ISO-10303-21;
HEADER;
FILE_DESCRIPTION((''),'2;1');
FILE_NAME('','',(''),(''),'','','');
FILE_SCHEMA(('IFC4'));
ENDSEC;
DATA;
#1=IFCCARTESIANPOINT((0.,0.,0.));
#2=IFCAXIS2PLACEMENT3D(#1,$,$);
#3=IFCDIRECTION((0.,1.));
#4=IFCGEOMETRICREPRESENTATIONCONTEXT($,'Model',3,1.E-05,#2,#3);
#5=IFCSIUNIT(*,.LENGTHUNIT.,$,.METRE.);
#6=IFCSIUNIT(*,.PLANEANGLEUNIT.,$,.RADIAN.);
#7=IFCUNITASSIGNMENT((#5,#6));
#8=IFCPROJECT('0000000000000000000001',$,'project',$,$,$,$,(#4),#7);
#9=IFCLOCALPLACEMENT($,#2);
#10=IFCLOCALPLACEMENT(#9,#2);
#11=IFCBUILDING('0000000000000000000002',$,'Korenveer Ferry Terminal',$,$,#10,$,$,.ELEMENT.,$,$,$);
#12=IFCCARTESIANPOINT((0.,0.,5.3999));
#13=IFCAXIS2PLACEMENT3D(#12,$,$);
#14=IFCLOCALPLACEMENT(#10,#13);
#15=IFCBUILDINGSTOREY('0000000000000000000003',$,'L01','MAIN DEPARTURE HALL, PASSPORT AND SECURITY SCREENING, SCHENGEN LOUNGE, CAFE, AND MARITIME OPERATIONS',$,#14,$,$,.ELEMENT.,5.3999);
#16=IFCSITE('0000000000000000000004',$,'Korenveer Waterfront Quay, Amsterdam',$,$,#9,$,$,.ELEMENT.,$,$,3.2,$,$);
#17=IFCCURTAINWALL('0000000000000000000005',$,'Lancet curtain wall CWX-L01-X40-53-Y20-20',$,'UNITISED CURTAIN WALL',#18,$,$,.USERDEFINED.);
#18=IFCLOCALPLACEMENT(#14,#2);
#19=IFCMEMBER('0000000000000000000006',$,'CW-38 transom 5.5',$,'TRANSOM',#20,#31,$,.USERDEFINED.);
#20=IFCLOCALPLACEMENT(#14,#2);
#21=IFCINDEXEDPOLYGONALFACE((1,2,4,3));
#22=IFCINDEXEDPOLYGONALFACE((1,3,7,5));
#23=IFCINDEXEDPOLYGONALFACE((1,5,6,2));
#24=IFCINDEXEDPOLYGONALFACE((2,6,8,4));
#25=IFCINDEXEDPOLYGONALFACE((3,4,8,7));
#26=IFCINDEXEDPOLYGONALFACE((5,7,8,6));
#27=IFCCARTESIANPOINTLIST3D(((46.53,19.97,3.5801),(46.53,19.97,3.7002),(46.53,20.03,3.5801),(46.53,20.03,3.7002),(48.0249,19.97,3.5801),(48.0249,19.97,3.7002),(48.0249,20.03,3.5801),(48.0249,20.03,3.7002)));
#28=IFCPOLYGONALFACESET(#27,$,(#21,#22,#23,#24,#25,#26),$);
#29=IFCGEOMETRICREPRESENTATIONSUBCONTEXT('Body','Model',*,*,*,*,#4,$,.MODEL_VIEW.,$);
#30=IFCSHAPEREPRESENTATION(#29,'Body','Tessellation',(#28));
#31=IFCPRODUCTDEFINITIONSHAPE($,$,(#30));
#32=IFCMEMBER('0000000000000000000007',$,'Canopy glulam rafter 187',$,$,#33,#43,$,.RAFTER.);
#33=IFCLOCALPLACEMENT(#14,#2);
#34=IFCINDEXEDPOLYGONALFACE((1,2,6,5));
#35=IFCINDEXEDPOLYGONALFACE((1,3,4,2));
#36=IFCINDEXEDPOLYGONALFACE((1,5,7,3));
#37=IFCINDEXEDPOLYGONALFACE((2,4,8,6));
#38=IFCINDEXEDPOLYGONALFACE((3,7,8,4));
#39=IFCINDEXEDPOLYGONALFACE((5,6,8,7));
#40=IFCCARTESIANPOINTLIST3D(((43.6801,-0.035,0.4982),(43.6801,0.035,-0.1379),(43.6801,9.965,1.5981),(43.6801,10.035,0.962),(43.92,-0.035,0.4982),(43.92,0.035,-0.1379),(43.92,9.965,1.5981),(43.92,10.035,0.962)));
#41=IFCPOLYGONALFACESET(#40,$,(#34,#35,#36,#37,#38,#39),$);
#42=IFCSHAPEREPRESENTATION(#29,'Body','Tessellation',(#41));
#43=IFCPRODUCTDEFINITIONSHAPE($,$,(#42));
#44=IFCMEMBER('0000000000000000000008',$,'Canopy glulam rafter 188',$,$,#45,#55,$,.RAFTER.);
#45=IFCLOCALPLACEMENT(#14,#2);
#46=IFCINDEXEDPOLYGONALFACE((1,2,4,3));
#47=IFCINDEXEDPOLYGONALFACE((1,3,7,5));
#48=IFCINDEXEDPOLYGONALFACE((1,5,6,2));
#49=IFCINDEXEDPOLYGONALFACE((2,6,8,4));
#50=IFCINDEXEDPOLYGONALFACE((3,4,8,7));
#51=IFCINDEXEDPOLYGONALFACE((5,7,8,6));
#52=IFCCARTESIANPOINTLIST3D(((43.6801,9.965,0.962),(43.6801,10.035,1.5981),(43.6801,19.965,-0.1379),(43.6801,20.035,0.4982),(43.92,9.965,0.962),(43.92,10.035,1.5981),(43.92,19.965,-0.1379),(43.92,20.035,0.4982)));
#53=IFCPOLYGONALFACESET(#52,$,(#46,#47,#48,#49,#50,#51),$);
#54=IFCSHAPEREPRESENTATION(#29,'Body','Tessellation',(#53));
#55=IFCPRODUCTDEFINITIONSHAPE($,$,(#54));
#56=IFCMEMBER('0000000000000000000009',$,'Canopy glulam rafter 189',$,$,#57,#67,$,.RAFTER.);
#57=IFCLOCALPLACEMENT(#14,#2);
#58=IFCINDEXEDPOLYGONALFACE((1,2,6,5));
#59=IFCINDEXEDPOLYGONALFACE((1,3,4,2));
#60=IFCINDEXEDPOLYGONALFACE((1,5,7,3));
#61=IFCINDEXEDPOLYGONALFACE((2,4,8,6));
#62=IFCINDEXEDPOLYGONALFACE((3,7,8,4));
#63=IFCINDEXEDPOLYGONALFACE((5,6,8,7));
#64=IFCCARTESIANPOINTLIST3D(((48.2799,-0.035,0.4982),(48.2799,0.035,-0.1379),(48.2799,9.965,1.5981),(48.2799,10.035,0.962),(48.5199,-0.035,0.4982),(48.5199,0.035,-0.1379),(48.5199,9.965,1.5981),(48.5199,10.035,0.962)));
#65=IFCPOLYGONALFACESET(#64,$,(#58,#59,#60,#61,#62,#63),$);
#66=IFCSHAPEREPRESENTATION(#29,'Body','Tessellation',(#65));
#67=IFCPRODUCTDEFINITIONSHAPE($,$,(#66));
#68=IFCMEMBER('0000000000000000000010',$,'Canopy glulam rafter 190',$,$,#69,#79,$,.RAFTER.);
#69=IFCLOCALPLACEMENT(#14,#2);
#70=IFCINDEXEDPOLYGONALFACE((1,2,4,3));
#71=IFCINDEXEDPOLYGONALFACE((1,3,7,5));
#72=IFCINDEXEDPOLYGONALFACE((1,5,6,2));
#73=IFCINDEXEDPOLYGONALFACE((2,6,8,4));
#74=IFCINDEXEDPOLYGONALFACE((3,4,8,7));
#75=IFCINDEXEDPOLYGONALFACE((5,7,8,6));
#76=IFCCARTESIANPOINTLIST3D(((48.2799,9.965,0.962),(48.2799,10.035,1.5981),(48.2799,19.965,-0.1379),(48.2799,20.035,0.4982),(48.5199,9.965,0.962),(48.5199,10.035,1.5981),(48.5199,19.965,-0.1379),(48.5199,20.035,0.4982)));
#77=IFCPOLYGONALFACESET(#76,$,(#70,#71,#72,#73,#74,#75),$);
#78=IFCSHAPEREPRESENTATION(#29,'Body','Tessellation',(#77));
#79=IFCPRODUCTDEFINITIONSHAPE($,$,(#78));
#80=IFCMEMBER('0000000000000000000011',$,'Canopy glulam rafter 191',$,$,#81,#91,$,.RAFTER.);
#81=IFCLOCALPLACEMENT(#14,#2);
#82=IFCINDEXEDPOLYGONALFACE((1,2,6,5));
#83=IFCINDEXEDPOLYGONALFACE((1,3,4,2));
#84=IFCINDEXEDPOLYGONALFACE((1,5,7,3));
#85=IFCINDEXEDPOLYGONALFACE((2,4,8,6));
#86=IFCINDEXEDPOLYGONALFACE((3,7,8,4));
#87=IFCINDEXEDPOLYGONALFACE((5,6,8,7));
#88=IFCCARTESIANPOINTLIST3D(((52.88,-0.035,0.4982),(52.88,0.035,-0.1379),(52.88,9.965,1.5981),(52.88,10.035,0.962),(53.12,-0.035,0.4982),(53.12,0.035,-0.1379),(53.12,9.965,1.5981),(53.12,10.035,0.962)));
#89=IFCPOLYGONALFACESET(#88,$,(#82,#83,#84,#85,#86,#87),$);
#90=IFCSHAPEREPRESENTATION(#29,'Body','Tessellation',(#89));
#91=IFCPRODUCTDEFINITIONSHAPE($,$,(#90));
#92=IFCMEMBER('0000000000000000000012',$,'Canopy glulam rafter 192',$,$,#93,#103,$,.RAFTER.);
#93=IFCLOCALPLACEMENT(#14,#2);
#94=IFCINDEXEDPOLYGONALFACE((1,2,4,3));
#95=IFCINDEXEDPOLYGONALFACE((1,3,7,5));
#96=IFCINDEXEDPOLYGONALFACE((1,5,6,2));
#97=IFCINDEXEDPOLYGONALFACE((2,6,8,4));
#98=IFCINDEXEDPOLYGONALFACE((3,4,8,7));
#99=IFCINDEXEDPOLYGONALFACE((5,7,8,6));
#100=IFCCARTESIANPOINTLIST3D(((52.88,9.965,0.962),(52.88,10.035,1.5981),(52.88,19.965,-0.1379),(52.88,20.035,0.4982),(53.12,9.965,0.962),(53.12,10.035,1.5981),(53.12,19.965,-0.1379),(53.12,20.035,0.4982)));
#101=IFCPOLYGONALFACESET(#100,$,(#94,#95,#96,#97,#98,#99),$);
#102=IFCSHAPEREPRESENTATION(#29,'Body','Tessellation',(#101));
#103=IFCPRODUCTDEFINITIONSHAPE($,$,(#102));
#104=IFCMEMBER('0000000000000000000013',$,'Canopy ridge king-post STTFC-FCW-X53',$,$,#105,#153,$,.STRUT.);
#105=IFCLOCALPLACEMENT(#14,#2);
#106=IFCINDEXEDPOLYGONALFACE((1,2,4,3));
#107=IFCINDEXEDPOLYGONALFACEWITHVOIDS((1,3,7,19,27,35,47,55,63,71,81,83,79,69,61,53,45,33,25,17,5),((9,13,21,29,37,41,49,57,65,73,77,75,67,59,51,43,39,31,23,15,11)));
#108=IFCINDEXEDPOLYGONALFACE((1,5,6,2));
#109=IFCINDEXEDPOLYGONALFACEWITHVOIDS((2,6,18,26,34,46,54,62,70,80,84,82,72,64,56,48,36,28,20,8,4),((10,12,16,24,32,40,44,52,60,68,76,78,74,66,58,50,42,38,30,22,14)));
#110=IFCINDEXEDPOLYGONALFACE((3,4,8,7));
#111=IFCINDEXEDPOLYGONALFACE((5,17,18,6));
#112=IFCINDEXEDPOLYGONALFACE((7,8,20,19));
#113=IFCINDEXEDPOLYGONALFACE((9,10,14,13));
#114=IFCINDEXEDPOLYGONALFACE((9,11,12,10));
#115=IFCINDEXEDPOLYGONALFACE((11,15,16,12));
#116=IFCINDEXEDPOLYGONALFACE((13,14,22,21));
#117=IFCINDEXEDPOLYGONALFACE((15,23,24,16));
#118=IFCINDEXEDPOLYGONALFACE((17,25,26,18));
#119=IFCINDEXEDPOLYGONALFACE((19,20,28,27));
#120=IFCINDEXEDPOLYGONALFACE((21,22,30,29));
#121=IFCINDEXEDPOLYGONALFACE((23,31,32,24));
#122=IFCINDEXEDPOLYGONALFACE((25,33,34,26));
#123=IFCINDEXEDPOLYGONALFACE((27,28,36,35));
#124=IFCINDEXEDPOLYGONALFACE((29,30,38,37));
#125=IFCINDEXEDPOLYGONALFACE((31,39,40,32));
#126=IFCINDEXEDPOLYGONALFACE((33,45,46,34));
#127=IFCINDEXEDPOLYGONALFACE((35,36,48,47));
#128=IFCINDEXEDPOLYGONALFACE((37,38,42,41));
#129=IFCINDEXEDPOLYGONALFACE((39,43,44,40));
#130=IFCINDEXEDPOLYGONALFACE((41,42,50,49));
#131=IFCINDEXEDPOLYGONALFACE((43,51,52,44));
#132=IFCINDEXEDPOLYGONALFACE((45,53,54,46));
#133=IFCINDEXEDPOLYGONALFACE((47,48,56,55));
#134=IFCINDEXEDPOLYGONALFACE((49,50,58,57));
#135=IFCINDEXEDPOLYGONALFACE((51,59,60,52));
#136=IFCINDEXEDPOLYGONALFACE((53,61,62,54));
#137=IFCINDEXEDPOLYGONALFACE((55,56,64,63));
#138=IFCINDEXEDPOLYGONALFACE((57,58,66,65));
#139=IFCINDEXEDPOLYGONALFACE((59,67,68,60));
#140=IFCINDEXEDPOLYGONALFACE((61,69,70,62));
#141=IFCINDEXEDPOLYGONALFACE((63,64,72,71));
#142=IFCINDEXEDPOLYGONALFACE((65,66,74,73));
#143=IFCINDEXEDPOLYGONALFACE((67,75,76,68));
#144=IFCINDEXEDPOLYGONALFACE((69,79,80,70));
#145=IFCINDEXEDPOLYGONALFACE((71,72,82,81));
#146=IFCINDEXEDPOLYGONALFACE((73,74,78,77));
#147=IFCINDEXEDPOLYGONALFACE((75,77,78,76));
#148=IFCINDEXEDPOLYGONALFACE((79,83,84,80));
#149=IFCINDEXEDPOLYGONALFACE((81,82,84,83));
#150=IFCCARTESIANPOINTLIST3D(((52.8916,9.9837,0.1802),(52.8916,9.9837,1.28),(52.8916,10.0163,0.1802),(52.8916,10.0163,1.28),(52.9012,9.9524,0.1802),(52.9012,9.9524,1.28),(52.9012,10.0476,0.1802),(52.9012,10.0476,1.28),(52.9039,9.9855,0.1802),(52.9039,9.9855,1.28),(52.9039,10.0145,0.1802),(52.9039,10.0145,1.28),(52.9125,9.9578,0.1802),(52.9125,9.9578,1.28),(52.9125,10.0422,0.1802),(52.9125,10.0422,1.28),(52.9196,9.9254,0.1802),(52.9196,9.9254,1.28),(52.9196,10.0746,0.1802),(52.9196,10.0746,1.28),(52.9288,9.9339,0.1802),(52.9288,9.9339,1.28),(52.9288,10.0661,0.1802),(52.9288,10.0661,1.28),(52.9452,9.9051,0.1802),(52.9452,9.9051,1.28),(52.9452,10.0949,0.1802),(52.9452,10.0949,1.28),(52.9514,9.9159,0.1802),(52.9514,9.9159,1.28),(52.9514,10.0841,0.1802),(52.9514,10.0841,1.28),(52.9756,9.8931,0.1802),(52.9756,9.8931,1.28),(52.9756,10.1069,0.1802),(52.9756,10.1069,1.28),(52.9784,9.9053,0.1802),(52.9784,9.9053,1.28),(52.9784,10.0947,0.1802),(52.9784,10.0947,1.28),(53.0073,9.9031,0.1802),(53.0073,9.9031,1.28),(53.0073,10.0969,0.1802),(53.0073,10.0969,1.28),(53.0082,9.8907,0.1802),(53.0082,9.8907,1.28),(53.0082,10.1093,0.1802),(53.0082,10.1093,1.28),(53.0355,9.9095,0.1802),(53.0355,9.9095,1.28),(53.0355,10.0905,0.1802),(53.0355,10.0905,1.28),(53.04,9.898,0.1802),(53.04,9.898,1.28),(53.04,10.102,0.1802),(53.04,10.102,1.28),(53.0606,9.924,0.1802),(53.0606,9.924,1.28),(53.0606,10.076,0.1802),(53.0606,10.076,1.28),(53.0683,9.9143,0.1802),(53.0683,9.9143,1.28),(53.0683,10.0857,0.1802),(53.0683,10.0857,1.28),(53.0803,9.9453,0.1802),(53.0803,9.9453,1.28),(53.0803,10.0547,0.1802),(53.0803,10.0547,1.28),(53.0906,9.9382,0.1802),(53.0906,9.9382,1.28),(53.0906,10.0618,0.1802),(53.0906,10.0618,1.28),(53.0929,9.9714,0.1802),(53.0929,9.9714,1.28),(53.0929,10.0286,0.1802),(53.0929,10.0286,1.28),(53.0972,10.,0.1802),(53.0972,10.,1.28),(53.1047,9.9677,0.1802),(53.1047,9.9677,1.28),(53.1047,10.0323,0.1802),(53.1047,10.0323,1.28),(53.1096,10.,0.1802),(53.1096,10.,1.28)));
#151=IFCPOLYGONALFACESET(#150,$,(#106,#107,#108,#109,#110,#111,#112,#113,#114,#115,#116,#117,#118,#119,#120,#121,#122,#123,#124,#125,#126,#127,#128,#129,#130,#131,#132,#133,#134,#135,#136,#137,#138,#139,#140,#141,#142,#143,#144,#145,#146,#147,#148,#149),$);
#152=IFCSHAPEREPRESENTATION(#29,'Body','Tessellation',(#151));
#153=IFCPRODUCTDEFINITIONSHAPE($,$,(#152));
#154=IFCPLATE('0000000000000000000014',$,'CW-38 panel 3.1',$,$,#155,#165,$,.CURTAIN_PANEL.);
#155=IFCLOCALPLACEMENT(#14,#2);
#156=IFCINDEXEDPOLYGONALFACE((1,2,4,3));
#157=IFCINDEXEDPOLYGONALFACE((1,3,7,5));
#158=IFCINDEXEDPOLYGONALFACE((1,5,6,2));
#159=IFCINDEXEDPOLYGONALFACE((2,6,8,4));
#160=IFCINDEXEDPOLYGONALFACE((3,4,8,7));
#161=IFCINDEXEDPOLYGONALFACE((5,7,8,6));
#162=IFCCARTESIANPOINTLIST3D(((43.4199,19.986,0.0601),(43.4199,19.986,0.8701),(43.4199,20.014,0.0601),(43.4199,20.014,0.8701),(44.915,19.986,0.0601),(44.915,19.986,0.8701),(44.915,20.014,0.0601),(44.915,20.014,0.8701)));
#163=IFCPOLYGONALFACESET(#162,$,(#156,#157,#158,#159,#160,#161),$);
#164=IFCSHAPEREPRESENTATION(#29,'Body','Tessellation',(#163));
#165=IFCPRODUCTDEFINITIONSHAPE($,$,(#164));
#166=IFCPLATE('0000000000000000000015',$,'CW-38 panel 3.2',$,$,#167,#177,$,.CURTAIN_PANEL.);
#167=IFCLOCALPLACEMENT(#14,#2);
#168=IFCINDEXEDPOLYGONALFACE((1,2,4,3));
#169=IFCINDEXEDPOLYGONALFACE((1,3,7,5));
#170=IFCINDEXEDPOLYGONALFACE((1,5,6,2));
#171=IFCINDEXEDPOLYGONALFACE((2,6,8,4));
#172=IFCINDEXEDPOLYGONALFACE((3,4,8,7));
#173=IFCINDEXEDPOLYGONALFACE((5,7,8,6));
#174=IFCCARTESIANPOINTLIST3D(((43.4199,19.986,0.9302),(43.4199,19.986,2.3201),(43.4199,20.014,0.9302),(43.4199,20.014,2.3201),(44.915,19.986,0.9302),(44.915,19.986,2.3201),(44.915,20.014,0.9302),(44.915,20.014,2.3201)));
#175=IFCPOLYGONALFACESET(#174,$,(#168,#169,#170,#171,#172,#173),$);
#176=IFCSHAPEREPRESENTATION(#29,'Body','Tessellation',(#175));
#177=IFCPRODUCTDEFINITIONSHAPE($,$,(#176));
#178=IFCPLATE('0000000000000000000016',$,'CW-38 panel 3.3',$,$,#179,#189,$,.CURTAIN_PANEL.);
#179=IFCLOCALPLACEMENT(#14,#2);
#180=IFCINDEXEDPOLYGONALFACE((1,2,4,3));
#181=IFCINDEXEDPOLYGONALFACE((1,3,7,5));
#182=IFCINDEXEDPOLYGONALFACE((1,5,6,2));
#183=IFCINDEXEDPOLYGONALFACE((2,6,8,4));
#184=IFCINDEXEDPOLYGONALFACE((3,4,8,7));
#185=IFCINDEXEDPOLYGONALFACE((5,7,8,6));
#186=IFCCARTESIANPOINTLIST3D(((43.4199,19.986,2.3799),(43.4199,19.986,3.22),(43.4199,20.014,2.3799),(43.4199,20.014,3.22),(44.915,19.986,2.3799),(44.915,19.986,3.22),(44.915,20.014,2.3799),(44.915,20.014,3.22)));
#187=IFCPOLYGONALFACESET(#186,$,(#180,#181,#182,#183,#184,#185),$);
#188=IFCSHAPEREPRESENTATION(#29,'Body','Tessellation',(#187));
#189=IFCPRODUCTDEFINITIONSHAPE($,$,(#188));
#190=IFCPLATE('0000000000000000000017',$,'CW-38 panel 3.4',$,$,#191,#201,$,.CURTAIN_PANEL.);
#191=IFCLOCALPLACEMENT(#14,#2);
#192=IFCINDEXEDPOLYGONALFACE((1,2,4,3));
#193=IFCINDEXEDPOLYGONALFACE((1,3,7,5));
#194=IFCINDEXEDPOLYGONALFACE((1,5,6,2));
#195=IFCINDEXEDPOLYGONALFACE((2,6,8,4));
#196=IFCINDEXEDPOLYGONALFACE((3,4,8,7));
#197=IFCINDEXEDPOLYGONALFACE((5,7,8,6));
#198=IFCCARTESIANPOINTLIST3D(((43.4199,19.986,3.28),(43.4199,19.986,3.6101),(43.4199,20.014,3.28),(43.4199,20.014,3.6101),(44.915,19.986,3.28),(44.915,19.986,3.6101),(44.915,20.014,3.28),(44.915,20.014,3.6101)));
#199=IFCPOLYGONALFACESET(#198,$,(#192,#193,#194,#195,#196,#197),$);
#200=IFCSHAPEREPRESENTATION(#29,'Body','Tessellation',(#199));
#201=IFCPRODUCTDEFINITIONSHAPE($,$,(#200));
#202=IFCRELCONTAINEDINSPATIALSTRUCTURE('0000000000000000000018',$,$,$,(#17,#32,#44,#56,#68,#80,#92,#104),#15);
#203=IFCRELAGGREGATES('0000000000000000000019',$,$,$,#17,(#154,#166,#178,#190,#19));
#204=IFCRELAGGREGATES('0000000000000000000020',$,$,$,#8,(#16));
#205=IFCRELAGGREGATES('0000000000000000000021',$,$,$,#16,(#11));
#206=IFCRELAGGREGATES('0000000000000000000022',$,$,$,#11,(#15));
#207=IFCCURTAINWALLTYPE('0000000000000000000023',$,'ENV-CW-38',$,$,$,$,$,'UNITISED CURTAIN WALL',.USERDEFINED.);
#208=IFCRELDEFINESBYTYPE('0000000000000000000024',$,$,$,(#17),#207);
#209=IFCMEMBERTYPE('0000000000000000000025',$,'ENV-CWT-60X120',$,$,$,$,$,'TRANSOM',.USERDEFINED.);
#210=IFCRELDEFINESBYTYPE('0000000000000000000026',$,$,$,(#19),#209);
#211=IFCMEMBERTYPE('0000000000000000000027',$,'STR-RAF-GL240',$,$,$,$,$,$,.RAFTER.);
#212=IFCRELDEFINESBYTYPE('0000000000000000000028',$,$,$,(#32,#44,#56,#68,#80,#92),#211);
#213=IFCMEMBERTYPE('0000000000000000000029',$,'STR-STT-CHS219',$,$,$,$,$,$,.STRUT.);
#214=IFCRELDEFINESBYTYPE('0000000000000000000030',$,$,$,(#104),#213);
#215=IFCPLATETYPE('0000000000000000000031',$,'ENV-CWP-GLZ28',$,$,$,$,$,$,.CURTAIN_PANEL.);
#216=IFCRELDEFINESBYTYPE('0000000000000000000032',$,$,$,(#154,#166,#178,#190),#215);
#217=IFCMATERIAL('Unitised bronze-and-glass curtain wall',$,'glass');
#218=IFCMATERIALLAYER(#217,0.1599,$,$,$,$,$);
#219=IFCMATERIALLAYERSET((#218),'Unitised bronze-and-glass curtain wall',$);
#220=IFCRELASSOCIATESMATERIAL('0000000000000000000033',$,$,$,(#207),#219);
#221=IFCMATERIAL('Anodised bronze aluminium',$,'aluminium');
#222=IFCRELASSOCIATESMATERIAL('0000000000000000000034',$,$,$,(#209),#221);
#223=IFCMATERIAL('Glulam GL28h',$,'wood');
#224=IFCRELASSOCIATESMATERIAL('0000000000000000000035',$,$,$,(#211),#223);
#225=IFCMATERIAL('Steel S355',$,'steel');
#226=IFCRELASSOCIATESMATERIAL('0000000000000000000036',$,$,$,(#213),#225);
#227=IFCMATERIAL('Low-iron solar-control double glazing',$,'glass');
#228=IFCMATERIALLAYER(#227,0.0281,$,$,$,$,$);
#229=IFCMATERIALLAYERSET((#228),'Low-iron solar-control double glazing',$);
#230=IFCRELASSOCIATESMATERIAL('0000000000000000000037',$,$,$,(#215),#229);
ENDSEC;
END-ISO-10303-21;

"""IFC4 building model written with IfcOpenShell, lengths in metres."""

from ifc_helpers import new_model, si_unit, direction, frame, origin, origin_2d, place, context, subcontext, project, spatial, rectangle, hollow_circle, extrude, material, layer, layer_set, material_profile, profile_set, type_object, element, aggregate, save


model = new_model("IFC4")

# Units and contexts
model_context = context("Model", 3, precision=1e-05, world=origin(), true_north=direction((0.0, 1.0)))
body_context = subcontext(model_context, "Body", "Model", "MODEL_VIEW")
ifc_project = project(units=[si_unit("LENGTHUNIT", "METRE"), si_unit("PLANEANGLEUNIT", "RADIAN")], contexts=[model_context])

# Site, building, storey
site_placement = place(None, origin())
site = spatial("IfcSite", under=ifc_project, at=site_placement, Name="Korenveer Waterfront Quay, Amsterdam", CompositionType="ELEMENT", RefElevation=3.2)
building_placement = place(site_placement, origin())
building = spatial("IfcBuilding", under=site, at=building_placement, Name="Korenveer Ferry Terminal", CompositionType="ELEMENT")
storey_placement = place(building_placement, frame((0.0, 0.0, 5.3999)))
storey = spatial("IfcBuildingStorey", under=building, at=storey_placement, Name="L01", Description="MAIN DEPARTURE HALL, PASSPORT AND SECURITY SCREENING, SCHENGEN LOUNGE, CAFE, AND MARITIME OPERATIONS", CompositionType="ELEMENT", Elevation=5.3999)

# Curtain wall, member
ifc_material_1 = material(Name="Unitised bronze-and-glass curtain wall", Category="glass")
ifc_layer_1 = layer(ifc_material_1, 0.1599)
ifc_layer_set_1 = layer_set([ifc_layer_1], Name="Unitised bronze-and-glass curtain wall")
curtain_wall_type = type_object("IfcCurtainWallType", Name="ENV-CW-38", ElementType="UNITISED CURTAIN WALL", PredefinedType="USERDEFINED", material=ifc_layer_set_1)
curtain_wall_placement = place(storey_placement, frame((40.28, 20.0, 0.0)))
curtain_wall = element("IfcCurtainWall", 1, at=curtain_wall_placement, inside=storey, type_object=curtain_wall_type, Name="Lancet curtain wall CWX-L01-X40-53-Y20-20", ObjectType="UNITISED CURTAIN WALL", PredefinedType="USERDEFINED")
ifc_material_2 = material(Name="Anodised bronze aluminium", Category="aluminium")
ifc_material_profile_1 = material_profile(ifc_material_2, rectangle(XDim=0.0601, YDim=0.1201, at=origin_2d()), Name="ALU 60x120")
ifc_profile_set_1 = profile_set([ifc_material_profile_1], Name="Anodised bronze aluminium")
member_type_1 = type_object("IfcMemberType", Name="ENV-CWT-60X120", ElementType="TRANSOM", PredefinedType="USERDEFINED", material=ifc_profile_set_1)
member_1_placement = place(storey_placement, frame((46.53, 20.0, 3.6401), z_axis=(1.0, 0.0, 0.0), x_axis=(0.0, 1.0, 0.0)))
member_1 = element("IfcMember", 2, at=member_1_placement, type_object=member_type_1, Name="CW-38 transom 5.5", ObjectType="TRANSOM", PredefinedType="USERDEFINED", context=body_context, shape_type="SweptSolid", body=[
    extrude(rectangle(XDim=0.0601, YDim=0.1201, at=origin_2d()), origin(), (0.0, 0.0, 1.0), 1.4949),
])

# Members
ifc_material_3 = material(Name="Glulam GL28h", Category="wood")
ifc_material_profile_2 = material_profile(ifc_material_3, rectangle(XDim=0.24, YDim=0.6399, at=origin_2d()), Name="GL 240x640")
ifc_profile_set_2 = profile_set([ifc_material_profile_2], Name="Glulam GL28h")
member_type_2 = type_object("IfcMemberType", Name="STR-RAF-GL240", PredefinedType="RAFTER", material=ifc_profile_set_2)
for number, where, z_axis, x_axis, name in (
    (3, (43.8, 0.0, 0.1802), (0.0, 0.994006, 0.109326), (-1.0, 0.0, 0.0), "Canopy glulam rafter 187"),
    (4, (43.8, 10.0, 1.28), (0.0, 0.994006, -0.109326), (-1.0, 0.0, 0.0), "Canopy glulam rafter 188"),
    (5, (48.3999, 0.0, 0.1802), (0.0, 0.994006, 0.109326), (-1.0, 0.0, 0.0), "Canopy glulam rafter 189"),
    (6, (48.3999, 10.0, 1.28), (0.0, 0.994006, -0.109326), (-1.0, 0.0, 0.0), "Canopy glulam rafter 190"),
    (7, (53.0, 0.0, 0.1802), (0.0, 0.994006, 0.109326), (-1.0, 0.0, 0.0), "Canopy glulam rafter 191"),
    (8, (53.0, 10.0, 1.28), (0.0, 0.994006, -0.109326), (-1.0, 0.0, 0.0), "Canopy glulam rafter 192"),
):
    element("IfcMember", number, at=place(storey_placement, frame(where, z_axis=z_axis, x_axis=x_axis)), inside=storey, type_object=member_type_2, Name=name, PredefinedType="RAFTER", context=body_context, shape_type="SweptSolid", body=[
        extrude(rectangle(XDim=0.24, YDim=0.6399, at=origin_2d()), origin(), (0.0, 0.0, 1.0), 10.0603),
    ])
ifc_material_4 = material(Name="Steel S355", Category="steel")
ifc_material_profile_3 = material_profile(ifc_material_4, hollow_circle(Radius=0.1096, WallThickness=0.0125, at=origin_2d()), Name="CHS 219.1x12.5")
ifc_profile_set_3 = profile_set([ifc_material_profile_3], Name="Steel S355")
member_type_3 = type_object("IfcMemberType", Name="STR-STT-CHS219", PredefinedType="STRUT", material=ifc_profile_set_3)
member_2_placement = place(storey_placement, frame((53.0, 10.0, 0.1802), z_axis=(0.0, 0.0, 1.0), x_axis=(1.0, 0.0, 0.0)))
element("IfcMember", 9, at=member_2_placement, inside=storey, type_object=member_type_3, Name="Canopy ridge king-post STTFC-FCW-X53", PredefinedType="STRUT", context=body_context, shape_type="SweptSolid", body=[
    extrude(hollow_circle(Radius=0.1096, WallThickness=0.0125, at=origin_2d()), origin(), (0.0, 0.0, 1.0), 1.0999),
])

# Plates
ifc_material_5 = material(Name="Low-iron solar-control double glazing", Category="glass")
ifc_layer_2 = layer(ifc_material_5, 0.0281)
ifc_layer_set_2 = layer_set([ifc_layer_2], Name="Low-iron solar-control double glazing")
plate_type_1 = type_object("IfcPlateType", Name="ENV-CWP-GLZ28", PredefinedType="CURTAIN_PANEL", material=ifc_layer_set_2)
plate_1_placement = place(storey_placement, frame((44.1675, 20.0, 0.0601), z_axis=(0.0, 0.0, 1.0), x_axis=(1.0, 0.0, 0.0)))
plate_1 = element("IfcPlate", 10, at=plate_1_placement, type_object=plate_type_1, Name="CW-38 panel 3.1", PredefinedType="CURTAIN_PANEL", context=body_context, shape_type="SweptSolid", body=[
    extrude(rectangle(XDim=1.4951, YDim=0.0281, at=origin_2d()), origin(), (0.0, 0.0, 1.0), 0.8101),
])
plate_2_placement = place(storey_placement, frame((44.1675, 20.0, 0.9302), z_axis=(0.0, 0.0, 1.0), x_axis=(1.0, 0.0, 0.0)))
plate_2 = element("IfcPlate", 11, at=plate_2_placement, type_object=plate_type_1, Name="CW-38 panel 3.2", PredefinedType="CURTAIN_PANEL", context=body_context, shape_type="SweptSolid", body=[
    extrude(rectangle(XDim=1.4951, YDim=0.0281, at=origin_2d()), origin(), (0.0, 0.0, 1.0), 1.3899),
])
plate_3_placement = place(storey_placement, frame((44.1675, 20.0, 2.3799), z_axis=(0.0, 0.0, 1.0), x_axis=(1.0, 0.0, 0.0)))
plate_3 = element("IfcPlate", 12, at=plate_3_placement, type_object=plate_type_1, Name="CW-38 panel 3.3", PredefinedType="CURTAIN_PANEL", context=body_context, shape_type="SweptSolid", body=[
    extrude(rectangle(XDim=1.4951, YDim=0.0281, at=origin_2d()), origin(), (0.0, 0.0, 1.0), 0.8401),
])
plate_4_placement = place(storey_placement, frame((44.1675, 20.0, 3.28), z_axis=(0.0, 0.0, 1.0), x_axis=(1.0, 0.0, 0.0)))
plate_4 = element("IfcPlate", 13, at=plate_4_placement, type_object=plate_type_1, Name="CW-38 panel 3.4", PredefinedType="CURTAIN_PANEL", context=body_context, shape_type="SweptSolid", body=[
    extrude(rectangle(XDim=1.4951, YDim=0.0281, at=origin_2d()), origin(), (0.0, 0.0, 1.0), 0.3301),
])
aggregate(curtain_wall, [plate_1, plate_2, plate_3, plate_4, member_1])

save(model, "model.ifc")
